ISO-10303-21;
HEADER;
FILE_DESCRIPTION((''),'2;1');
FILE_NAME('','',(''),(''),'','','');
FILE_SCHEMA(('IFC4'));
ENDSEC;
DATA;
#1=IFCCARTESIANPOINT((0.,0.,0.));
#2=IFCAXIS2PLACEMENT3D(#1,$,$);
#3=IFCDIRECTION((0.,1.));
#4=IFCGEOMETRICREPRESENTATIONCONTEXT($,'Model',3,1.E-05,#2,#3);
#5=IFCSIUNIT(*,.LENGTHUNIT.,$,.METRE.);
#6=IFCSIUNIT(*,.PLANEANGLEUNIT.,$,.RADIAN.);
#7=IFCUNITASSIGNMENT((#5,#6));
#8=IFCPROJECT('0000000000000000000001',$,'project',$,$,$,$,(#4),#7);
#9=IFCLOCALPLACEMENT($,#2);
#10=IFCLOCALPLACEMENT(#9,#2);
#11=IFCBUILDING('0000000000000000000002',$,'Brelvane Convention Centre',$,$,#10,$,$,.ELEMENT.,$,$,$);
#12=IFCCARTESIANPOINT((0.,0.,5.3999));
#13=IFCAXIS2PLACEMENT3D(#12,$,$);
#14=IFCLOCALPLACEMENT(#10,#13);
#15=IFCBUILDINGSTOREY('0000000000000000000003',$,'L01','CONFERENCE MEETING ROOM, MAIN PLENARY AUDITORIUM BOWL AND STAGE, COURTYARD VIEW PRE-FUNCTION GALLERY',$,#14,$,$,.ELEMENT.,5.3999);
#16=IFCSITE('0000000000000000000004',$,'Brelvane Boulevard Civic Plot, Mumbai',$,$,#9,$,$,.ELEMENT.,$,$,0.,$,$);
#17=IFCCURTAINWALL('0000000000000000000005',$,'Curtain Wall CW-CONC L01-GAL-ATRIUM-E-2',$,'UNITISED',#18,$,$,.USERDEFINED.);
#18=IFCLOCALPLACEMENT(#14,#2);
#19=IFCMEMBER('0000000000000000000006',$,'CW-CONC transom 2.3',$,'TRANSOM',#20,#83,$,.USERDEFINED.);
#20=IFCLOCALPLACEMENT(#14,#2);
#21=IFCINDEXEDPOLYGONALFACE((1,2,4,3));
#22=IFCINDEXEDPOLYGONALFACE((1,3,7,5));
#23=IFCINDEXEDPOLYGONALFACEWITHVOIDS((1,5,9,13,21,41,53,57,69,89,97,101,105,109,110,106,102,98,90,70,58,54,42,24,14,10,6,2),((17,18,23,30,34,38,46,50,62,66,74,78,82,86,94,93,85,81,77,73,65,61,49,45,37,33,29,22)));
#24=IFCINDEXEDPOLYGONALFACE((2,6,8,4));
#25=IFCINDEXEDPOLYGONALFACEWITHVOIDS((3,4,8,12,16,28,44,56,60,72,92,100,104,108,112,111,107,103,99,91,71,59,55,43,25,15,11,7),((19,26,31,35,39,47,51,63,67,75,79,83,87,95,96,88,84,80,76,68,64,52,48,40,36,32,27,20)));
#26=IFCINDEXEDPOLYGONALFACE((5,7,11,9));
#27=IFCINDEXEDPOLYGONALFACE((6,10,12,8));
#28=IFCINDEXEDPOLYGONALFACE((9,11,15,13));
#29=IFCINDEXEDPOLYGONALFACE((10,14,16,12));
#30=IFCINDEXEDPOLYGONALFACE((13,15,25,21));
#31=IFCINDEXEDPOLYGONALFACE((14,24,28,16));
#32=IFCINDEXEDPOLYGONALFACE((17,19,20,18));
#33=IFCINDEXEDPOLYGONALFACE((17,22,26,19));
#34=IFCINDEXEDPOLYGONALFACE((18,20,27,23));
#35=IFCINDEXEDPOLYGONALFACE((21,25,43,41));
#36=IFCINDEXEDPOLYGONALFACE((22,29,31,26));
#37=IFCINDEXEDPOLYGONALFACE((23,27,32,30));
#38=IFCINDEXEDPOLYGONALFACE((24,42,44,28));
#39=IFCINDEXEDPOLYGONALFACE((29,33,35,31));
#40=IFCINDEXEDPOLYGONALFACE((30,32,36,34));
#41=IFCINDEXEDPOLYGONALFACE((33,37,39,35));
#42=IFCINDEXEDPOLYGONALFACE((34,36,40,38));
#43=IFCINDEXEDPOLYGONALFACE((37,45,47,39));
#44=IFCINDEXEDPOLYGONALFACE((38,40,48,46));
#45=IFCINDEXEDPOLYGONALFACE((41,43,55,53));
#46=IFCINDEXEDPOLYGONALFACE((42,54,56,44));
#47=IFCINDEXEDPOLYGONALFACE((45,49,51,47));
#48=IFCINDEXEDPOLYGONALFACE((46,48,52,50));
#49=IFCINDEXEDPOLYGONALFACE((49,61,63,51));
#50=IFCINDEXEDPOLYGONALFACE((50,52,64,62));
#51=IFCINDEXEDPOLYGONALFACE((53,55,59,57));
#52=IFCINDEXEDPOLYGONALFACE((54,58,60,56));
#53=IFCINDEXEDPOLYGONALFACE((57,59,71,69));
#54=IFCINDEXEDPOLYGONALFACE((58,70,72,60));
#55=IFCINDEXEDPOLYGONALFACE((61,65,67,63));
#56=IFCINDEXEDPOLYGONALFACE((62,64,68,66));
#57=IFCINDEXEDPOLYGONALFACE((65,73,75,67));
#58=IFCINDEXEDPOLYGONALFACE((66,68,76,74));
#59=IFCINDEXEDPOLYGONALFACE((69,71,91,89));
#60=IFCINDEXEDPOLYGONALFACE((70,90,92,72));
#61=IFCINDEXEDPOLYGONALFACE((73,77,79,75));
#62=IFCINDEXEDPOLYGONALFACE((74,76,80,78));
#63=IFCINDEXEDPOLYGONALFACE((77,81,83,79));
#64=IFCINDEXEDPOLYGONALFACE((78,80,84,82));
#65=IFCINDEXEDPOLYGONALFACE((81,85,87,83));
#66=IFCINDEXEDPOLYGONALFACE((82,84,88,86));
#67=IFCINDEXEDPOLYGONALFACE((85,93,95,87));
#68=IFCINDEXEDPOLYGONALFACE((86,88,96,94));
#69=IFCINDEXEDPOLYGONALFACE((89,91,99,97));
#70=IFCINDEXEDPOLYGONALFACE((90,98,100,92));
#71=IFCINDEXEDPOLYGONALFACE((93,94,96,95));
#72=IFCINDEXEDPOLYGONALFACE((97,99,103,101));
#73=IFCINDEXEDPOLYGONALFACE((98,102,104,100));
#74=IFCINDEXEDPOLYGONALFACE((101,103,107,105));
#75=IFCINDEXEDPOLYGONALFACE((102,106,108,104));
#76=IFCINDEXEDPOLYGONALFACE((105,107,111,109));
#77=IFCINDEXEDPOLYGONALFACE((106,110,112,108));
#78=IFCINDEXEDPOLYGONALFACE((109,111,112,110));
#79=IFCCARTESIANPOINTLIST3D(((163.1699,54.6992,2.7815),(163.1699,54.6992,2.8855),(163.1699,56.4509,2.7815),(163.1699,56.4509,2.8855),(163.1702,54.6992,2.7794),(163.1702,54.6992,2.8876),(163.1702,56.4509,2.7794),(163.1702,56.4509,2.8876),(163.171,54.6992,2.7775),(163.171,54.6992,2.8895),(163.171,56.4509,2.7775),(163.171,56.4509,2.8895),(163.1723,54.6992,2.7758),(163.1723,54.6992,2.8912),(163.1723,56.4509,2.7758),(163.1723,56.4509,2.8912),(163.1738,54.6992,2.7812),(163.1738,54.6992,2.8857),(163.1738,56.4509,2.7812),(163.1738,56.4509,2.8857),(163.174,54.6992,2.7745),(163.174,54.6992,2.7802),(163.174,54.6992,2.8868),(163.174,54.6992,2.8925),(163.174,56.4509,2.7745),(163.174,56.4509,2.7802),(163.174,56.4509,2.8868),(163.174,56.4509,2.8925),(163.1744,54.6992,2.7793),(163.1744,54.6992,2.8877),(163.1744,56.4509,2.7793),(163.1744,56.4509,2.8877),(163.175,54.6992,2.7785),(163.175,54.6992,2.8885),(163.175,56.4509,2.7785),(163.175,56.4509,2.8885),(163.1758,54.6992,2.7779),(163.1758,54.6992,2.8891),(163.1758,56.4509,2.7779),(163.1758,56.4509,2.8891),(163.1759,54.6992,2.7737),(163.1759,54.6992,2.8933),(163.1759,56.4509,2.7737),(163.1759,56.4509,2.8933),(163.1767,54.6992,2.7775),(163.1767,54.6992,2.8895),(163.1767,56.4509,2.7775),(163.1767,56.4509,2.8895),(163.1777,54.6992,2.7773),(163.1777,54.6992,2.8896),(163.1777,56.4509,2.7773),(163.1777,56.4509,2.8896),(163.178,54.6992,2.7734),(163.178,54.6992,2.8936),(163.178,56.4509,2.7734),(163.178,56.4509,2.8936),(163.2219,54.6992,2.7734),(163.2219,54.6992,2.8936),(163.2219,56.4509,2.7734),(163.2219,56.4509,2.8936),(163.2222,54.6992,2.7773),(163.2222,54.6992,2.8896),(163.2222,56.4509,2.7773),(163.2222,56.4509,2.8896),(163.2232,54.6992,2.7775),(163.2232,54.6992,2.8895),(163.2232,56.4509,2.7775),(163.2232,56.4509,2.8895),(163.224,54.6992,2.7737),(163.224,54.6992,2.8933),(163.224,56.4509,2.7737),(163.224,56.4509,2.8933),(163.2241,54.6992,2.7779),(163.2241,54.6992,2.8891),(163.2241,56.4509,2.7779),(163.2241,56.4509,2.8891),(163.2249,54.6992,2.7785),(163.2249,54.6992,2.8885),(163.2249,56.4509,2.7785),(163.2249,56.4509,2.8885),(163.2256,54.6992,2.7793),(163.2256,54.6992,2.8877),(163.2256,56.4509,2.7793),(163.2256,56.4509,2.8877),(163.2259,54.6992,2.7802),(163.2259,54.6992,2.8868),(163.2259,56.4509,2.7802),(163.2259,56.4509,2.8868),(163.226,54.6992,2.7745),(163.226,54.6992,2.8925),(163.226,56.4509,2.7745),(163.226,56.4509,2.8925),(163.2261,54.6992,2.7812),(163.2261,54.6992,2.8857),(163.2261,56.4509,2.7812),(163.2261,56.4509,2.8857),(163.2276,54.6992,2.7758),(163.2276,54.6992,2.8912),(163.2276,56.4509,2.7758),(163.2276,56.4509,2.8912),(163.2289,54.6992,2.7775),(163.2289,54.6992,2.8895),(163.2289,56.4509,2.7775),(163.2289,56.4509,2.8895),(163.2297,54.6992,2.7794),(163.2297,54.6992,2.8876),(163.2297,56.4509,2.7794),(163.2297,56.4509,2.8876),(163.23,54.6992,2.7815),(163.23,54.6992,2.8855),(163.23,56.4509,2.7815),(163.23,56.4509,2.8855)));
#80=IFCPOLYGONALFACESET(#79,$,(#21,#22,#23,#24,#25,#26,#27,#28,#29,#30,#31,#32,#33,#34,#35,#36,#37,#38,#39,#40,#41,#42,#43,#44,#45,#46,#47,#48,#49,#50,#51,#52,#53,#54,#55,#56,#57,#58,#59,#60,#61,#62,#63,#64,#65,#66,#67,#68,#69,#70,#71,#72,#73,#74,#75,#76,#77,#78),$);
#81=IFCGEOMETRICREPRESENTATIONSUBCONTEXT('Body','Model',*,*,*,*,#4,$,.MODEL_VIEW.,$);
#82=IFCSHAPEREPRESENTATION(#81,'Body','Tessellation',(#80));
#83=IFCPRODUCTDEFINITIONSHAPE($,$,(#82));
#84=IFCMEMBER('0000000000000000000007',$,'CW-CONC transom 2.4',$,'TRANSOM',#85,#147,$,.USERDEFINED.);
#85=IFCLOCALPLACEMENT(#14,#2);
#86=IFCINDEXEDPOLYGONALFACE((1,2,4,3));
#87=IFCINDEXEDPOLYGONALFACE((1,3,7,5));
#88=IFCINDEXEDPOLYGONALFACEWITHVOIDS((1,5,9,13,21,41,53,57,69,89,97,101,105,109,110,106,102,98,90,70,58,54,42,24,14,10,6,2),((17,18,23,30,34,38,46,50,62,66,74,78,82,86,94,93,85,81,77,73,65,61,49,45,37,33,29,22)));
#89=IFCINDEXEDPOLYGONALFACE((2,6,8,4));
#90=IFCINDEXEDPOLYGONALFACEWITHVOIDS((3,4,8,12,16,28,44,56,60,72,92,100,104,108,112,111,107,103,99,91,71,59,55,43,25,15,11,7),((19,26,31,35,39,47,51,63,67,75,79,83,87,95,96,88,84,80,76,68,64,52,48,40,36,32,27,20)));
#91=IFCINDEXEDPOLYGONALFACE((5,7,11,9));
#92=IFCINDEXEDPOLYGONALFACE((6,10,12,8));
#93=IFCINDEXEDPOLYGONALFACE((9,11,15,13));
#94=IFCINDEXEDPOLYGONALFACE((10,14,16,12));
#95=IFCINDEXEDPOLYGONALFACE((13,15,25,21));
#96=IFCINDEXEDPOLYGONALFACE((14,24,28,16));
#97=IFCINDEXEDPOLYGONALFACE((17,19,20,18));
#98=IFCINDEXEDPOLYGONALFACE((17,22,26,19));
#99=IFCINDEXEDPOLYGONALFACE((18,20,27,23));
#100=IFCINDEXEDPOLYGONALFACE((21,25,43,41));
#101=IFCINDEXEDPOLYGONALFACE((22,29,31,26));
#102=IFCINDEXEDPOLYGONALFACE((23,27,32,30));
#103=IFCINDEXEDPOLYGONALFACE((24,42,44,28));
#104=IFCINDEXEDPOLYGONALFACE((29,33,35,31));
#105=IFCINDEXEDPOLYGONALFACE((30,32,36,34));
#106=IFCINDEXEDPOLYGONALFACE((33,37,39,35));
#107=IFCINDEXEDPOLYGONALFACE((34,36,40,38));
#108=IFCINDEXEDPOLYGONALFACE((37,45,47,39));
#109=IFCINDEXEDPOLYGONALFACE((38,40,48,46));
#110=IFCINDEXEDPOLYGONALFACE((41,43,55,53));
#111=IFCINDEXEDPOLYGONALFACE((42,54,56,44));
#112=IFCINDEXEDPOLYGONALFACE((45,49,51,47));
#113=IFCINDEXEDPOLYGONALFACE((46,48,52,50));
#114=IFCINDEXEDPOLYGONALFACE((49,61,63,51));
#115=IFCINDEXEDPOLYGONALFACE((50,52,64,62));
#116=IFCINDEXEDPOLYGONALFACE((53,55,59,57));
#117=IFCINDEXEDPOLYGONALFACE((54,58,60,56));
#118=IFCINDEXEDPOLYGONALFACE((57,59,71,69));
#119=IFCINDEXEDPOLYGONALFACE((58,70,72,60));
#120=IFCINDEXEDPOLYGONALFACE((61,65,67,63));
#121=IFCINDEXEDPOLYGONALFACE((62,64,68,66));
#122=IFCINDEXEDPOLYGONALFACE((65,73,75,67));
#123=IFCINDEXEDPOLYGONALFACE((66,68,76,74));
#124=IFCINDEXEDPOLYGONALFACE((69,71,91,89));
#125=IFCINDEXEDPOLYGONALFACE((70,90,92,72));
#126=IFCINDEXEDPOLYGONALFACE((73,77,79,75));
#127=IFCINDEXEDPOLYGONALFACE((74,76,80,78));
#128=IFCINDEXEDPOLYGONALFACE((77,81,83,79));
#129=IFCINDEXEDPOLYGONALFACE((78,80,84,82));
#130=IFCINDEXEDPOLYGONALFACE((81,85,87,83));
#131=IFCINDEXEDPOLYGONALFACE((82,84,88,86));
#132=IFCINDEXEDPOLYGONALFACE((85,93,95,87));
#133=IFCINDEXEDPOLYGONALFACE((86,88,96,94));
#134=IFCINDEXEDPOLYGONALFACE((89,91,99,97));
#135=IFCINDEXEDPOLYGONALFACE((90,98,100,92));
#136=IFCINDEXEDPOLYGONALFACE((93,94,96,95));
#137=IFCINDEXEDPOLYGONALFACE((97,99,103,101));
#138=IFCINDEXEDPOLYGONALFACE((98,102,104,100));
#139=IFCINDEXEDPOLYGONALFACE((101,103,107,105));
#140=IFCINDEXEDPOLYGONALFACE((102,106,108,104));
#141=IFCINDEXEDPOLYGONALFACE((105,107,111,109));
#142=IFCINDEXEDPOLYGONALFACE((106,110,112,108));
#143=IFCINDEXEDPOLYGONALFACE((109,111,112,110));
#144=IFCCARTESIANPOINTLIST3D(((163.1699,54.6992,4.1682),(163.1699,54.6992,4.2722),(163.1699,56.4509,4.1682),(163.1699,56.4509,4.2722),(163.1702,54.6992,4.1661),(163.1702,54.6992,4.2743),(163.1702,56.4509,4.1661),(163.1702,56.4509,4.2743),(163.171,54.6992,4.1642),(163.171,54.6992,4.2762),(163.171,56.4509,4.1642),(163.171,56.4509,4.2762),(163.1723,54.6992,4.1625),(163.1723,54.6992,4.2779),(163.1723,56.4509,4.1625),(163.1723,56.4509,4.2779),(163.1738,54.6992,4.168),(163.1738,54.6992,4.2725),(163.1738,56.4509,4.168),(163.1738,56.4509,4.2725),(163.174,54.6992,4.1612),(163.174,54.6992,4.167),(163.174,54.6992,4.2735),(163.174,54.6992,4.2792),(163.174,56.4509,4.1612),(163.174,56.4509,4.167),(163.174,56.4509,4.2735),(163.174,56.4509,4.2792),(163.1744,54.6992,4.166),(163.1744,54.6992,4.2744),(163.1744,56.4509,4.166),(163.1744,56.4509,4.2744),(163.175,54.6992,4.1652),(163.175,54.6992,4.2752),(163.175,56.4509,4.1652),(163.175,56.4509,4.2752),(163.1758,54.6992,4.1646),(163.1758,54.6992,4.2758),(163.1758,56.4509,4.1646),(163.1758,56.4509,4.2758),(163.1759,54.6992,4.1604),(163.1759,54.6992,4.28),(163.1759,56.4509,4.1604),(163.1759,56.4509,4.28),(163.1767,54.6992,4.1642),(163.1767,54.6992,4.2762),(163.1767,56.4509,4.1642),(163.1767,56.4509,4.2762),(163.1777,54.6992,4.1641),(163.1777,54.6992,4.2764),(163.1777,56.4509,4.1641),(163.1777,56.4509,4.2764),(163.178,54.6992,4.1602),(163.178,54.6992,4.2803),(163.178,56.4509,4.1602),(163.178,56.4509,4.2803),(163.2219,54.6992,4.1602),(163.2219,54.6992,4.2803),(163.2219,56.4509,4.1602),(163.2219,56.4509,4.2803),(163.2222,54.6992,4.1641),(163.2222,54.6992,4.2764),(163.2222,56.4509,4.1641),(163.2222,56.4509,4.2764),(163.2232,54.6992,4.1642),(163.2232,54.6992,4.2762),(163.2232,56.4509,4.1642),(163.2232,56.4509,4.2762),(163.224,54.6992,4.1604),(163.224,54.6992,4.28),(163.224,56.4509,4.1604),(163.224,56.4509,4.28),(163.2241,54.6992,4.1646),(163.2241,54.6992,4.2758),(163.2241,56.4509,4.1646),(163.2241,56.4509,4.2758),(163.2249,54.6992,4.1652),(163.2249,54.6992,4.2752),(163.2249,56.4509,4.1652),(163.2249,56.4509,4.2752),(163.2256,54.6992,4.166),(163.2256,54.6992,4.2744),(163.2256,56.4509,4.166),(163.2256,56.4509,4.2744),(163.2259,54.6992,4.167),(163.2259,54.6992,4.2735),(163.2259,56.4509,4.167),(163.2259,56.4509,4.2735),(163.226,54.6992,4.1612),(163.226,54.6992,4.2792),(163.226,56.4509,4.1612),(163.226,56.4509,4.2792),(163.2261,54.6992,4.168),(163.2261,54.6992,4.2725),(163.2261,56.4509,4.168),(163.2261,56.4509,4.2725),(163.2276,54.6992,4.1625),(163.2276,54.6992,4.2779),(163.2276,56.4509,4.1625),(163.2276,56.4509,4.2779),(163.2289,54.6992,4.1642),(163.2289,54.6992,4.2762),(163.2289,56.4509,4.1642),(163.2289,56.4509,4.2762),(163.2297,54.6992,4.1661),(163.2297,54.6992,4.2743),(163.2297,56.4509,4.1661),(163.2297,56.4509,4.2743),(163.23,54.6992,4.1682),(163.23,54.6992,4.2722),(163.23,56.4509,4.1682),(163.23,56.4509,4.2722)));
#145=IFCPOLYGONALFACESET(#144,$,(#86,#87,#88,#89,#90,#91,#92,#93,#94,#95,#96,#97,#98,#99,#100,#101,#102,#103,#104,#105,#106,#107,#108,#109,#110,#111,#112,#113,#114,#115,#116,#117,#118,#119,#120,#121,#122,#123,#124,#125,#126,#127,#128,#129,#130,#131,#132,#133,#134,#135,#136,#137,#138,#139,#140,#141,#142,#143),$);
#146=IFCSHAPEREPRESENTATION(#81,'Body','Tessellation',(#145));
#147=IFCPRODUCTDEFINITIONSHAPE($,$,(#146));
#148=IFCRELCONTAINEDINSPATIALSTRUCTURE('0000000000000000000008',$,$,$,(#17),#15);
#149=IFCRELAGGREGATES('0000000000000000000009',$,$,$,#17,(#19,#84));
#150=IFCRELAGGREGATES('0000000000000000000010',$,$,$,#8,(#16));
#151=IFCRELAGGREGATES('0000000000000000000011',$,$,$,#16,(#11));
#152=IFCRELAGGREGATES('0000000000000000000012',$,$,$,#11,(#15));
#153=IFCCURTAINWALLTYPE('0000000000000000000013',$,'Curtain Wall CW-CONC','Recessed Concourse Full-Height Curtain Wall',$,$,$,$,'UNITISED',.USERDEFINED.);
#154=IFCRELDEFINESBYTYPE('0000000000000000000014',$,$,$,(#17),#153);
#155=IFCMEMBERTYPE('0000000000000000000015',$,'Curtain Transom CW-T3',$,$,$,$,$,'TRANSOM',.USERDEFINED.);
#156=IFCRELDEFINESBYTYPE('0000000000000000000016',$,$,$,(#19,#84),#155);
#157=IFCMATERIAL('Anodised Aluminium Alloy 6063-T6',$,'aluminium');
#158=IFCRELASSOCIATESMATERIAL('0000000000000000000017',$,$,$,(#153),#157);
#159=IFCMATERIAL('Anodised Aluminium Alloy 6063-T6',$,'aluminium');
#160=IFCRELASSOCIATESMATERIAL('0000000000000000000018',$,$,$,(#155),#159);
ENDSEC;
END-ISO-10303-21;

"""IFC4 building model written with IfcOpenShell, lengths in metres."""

from ifc_helpers import new_model, si_unit, direction, frame, origin, origin_2d, place, context, subcontext, project, spatial, hollow_rectangle, extrude, material, material_profile, profile_set, type_object, element, aggregate, save


model = new_model("IFC4")

# Units and contexts
model_context = context("Model", 3, precision=1e-05, world=origin(), true_north=direction((0.0, 1.0)))
body_context = subcontext(model_context, "Body", "Model", "MODEL_VIEW")
ifc_project = project(units=[si_unit("LENGTHUNIT", "METRE"), si_unit("PLANEANGLEUNIT", "RADIAN")], contexts=[model_context])

# Site, building, storey
site_placement = place(None, origin())
site = spatial("IfcSite", under=ifc_project, at=site_placement, Name="Brelvane Boulevard Civic Plot, Mumbai", CompositionType="ELEMENT", RefElevation=0.0)
building_placement = place(site_placement, origin())
building = spatial("IfcBuilding", under=site, at=building_placement, Name="Brelvane Convention Centre", CompositionType="ELEMENT")
storey_placement = place(building_placement, frame((0.0, 0.0, 5.3999)))
storey = spatial("IfcBuildingStorey", under=building, at=storey_placement, Name="L01", Description="CONFERENCE MEETING ROOM, MAIN PLENARY AUDITORIUM BOWL AND STAGE, COURTYARD VIEW PRE-FUNCTION GALLERY", CompositionType="ELEMENT", Elevation=5.3999)

# Curtain wall, members
ifc_material_1 = material(Name="Anodised Aluminium Alloy 6063-T6", Category="aluminium")
curtain_wall_type = type_object("IfcCurtainWallType", Name="Curtain Wall CW-CONC", Description="Recessed Concourse Full-Height Curtain Wall", ElementType="UNITISED", PredefinedType="USERDEFINED", material=ifc_material_1)
curtain_wall_placement = place(storey_placement, origin())
curtain_wall = element("IfcCurtainWall", 1, at=curtain_wall_placement, inside=storey, type_object=curtain_wall_type, Name="Curtain Wall CW-CONC L01-GAL-ATRIUM-E-2", ObjectType="UNITISED", PredefinedType="USERDEFINED")
ifc_material_2 = material(Name="Anodised Aluminium Alloy 6063-T6", Category="aluminium")
ifc_material_profile_1 = material_profile(ifc_material_2, hollow_rectangle(XDim=0.0601, YDim=0.1201, WallThickness=0.0039, InnerFilletRadius=0.0039, OuterFilletRadius=0.0081, at=origin_2d()), Name="ALU-T 120x60x4.0")
ifc_profile_set_1 = profile_set([ifc_material_profile_1], Name="Anodised Aluminium Alloy 6063-T6")
member_type_1 = type_object("IfcMemberType", Name="Curtain Transom CW-T3", ElementType="TRANSOM", PredefinedType="USERDEFINED", material=ifc_profile_set_1)
member_1_placement = place(storey_placement, frame((163.2, 54.6992, 2.8335), z_axis=(0.0, 1.0, 0.0), x_axis=(-1.0, 0.0, 0.0)))
member_1 = element("IfcMember", 2, at=member_1_placement, type_object=member_type_1, Name="CW-CONC transom 2.3", ObjectType="TRANSOM", PredefinedType="USERDEFINED", context=body_context, shape_type="SweptSolid", body=[
    extrude(hollow_rectangle(XDim=0.0601, YDim=0.1201, WallThickness=0.0039, InnerFilletRadius=0.0039, OuterFilletRadius=0.0081, at=origin_2d()), origin(), (0.0, 0.0, 1.0), 1.7517),
])
member_2_placement = place(storey_placement, frame((163.2, 54.6992, 4.2202), z_axis=(0.0, 1.0, 0.0), x_axis=(-1.0, 0.0, 0.0)))
member_2 = element("IfcMember", 3, at=member_2_placement, type_object=member_type_1, Name="CW-CONC transom 2.4", ObjectType="TRANSOM", PredefinedType="USERDEFINED", context=body_context, shape_type="SweptSolid", body=[
    extrude(hollow_rectangle(XDim=0.0601, YDim=0.1201, WallThickness=0.0039, InnerFilletRadius=0.0039, OuterFilletRadius=0.0081, at=origin_2d()), origin(), (0.0, 0.0, 1.0), 1.7517),
])

aggregate(curtain_wall, [member_1, member_2])

save(model, "model.ifc")
